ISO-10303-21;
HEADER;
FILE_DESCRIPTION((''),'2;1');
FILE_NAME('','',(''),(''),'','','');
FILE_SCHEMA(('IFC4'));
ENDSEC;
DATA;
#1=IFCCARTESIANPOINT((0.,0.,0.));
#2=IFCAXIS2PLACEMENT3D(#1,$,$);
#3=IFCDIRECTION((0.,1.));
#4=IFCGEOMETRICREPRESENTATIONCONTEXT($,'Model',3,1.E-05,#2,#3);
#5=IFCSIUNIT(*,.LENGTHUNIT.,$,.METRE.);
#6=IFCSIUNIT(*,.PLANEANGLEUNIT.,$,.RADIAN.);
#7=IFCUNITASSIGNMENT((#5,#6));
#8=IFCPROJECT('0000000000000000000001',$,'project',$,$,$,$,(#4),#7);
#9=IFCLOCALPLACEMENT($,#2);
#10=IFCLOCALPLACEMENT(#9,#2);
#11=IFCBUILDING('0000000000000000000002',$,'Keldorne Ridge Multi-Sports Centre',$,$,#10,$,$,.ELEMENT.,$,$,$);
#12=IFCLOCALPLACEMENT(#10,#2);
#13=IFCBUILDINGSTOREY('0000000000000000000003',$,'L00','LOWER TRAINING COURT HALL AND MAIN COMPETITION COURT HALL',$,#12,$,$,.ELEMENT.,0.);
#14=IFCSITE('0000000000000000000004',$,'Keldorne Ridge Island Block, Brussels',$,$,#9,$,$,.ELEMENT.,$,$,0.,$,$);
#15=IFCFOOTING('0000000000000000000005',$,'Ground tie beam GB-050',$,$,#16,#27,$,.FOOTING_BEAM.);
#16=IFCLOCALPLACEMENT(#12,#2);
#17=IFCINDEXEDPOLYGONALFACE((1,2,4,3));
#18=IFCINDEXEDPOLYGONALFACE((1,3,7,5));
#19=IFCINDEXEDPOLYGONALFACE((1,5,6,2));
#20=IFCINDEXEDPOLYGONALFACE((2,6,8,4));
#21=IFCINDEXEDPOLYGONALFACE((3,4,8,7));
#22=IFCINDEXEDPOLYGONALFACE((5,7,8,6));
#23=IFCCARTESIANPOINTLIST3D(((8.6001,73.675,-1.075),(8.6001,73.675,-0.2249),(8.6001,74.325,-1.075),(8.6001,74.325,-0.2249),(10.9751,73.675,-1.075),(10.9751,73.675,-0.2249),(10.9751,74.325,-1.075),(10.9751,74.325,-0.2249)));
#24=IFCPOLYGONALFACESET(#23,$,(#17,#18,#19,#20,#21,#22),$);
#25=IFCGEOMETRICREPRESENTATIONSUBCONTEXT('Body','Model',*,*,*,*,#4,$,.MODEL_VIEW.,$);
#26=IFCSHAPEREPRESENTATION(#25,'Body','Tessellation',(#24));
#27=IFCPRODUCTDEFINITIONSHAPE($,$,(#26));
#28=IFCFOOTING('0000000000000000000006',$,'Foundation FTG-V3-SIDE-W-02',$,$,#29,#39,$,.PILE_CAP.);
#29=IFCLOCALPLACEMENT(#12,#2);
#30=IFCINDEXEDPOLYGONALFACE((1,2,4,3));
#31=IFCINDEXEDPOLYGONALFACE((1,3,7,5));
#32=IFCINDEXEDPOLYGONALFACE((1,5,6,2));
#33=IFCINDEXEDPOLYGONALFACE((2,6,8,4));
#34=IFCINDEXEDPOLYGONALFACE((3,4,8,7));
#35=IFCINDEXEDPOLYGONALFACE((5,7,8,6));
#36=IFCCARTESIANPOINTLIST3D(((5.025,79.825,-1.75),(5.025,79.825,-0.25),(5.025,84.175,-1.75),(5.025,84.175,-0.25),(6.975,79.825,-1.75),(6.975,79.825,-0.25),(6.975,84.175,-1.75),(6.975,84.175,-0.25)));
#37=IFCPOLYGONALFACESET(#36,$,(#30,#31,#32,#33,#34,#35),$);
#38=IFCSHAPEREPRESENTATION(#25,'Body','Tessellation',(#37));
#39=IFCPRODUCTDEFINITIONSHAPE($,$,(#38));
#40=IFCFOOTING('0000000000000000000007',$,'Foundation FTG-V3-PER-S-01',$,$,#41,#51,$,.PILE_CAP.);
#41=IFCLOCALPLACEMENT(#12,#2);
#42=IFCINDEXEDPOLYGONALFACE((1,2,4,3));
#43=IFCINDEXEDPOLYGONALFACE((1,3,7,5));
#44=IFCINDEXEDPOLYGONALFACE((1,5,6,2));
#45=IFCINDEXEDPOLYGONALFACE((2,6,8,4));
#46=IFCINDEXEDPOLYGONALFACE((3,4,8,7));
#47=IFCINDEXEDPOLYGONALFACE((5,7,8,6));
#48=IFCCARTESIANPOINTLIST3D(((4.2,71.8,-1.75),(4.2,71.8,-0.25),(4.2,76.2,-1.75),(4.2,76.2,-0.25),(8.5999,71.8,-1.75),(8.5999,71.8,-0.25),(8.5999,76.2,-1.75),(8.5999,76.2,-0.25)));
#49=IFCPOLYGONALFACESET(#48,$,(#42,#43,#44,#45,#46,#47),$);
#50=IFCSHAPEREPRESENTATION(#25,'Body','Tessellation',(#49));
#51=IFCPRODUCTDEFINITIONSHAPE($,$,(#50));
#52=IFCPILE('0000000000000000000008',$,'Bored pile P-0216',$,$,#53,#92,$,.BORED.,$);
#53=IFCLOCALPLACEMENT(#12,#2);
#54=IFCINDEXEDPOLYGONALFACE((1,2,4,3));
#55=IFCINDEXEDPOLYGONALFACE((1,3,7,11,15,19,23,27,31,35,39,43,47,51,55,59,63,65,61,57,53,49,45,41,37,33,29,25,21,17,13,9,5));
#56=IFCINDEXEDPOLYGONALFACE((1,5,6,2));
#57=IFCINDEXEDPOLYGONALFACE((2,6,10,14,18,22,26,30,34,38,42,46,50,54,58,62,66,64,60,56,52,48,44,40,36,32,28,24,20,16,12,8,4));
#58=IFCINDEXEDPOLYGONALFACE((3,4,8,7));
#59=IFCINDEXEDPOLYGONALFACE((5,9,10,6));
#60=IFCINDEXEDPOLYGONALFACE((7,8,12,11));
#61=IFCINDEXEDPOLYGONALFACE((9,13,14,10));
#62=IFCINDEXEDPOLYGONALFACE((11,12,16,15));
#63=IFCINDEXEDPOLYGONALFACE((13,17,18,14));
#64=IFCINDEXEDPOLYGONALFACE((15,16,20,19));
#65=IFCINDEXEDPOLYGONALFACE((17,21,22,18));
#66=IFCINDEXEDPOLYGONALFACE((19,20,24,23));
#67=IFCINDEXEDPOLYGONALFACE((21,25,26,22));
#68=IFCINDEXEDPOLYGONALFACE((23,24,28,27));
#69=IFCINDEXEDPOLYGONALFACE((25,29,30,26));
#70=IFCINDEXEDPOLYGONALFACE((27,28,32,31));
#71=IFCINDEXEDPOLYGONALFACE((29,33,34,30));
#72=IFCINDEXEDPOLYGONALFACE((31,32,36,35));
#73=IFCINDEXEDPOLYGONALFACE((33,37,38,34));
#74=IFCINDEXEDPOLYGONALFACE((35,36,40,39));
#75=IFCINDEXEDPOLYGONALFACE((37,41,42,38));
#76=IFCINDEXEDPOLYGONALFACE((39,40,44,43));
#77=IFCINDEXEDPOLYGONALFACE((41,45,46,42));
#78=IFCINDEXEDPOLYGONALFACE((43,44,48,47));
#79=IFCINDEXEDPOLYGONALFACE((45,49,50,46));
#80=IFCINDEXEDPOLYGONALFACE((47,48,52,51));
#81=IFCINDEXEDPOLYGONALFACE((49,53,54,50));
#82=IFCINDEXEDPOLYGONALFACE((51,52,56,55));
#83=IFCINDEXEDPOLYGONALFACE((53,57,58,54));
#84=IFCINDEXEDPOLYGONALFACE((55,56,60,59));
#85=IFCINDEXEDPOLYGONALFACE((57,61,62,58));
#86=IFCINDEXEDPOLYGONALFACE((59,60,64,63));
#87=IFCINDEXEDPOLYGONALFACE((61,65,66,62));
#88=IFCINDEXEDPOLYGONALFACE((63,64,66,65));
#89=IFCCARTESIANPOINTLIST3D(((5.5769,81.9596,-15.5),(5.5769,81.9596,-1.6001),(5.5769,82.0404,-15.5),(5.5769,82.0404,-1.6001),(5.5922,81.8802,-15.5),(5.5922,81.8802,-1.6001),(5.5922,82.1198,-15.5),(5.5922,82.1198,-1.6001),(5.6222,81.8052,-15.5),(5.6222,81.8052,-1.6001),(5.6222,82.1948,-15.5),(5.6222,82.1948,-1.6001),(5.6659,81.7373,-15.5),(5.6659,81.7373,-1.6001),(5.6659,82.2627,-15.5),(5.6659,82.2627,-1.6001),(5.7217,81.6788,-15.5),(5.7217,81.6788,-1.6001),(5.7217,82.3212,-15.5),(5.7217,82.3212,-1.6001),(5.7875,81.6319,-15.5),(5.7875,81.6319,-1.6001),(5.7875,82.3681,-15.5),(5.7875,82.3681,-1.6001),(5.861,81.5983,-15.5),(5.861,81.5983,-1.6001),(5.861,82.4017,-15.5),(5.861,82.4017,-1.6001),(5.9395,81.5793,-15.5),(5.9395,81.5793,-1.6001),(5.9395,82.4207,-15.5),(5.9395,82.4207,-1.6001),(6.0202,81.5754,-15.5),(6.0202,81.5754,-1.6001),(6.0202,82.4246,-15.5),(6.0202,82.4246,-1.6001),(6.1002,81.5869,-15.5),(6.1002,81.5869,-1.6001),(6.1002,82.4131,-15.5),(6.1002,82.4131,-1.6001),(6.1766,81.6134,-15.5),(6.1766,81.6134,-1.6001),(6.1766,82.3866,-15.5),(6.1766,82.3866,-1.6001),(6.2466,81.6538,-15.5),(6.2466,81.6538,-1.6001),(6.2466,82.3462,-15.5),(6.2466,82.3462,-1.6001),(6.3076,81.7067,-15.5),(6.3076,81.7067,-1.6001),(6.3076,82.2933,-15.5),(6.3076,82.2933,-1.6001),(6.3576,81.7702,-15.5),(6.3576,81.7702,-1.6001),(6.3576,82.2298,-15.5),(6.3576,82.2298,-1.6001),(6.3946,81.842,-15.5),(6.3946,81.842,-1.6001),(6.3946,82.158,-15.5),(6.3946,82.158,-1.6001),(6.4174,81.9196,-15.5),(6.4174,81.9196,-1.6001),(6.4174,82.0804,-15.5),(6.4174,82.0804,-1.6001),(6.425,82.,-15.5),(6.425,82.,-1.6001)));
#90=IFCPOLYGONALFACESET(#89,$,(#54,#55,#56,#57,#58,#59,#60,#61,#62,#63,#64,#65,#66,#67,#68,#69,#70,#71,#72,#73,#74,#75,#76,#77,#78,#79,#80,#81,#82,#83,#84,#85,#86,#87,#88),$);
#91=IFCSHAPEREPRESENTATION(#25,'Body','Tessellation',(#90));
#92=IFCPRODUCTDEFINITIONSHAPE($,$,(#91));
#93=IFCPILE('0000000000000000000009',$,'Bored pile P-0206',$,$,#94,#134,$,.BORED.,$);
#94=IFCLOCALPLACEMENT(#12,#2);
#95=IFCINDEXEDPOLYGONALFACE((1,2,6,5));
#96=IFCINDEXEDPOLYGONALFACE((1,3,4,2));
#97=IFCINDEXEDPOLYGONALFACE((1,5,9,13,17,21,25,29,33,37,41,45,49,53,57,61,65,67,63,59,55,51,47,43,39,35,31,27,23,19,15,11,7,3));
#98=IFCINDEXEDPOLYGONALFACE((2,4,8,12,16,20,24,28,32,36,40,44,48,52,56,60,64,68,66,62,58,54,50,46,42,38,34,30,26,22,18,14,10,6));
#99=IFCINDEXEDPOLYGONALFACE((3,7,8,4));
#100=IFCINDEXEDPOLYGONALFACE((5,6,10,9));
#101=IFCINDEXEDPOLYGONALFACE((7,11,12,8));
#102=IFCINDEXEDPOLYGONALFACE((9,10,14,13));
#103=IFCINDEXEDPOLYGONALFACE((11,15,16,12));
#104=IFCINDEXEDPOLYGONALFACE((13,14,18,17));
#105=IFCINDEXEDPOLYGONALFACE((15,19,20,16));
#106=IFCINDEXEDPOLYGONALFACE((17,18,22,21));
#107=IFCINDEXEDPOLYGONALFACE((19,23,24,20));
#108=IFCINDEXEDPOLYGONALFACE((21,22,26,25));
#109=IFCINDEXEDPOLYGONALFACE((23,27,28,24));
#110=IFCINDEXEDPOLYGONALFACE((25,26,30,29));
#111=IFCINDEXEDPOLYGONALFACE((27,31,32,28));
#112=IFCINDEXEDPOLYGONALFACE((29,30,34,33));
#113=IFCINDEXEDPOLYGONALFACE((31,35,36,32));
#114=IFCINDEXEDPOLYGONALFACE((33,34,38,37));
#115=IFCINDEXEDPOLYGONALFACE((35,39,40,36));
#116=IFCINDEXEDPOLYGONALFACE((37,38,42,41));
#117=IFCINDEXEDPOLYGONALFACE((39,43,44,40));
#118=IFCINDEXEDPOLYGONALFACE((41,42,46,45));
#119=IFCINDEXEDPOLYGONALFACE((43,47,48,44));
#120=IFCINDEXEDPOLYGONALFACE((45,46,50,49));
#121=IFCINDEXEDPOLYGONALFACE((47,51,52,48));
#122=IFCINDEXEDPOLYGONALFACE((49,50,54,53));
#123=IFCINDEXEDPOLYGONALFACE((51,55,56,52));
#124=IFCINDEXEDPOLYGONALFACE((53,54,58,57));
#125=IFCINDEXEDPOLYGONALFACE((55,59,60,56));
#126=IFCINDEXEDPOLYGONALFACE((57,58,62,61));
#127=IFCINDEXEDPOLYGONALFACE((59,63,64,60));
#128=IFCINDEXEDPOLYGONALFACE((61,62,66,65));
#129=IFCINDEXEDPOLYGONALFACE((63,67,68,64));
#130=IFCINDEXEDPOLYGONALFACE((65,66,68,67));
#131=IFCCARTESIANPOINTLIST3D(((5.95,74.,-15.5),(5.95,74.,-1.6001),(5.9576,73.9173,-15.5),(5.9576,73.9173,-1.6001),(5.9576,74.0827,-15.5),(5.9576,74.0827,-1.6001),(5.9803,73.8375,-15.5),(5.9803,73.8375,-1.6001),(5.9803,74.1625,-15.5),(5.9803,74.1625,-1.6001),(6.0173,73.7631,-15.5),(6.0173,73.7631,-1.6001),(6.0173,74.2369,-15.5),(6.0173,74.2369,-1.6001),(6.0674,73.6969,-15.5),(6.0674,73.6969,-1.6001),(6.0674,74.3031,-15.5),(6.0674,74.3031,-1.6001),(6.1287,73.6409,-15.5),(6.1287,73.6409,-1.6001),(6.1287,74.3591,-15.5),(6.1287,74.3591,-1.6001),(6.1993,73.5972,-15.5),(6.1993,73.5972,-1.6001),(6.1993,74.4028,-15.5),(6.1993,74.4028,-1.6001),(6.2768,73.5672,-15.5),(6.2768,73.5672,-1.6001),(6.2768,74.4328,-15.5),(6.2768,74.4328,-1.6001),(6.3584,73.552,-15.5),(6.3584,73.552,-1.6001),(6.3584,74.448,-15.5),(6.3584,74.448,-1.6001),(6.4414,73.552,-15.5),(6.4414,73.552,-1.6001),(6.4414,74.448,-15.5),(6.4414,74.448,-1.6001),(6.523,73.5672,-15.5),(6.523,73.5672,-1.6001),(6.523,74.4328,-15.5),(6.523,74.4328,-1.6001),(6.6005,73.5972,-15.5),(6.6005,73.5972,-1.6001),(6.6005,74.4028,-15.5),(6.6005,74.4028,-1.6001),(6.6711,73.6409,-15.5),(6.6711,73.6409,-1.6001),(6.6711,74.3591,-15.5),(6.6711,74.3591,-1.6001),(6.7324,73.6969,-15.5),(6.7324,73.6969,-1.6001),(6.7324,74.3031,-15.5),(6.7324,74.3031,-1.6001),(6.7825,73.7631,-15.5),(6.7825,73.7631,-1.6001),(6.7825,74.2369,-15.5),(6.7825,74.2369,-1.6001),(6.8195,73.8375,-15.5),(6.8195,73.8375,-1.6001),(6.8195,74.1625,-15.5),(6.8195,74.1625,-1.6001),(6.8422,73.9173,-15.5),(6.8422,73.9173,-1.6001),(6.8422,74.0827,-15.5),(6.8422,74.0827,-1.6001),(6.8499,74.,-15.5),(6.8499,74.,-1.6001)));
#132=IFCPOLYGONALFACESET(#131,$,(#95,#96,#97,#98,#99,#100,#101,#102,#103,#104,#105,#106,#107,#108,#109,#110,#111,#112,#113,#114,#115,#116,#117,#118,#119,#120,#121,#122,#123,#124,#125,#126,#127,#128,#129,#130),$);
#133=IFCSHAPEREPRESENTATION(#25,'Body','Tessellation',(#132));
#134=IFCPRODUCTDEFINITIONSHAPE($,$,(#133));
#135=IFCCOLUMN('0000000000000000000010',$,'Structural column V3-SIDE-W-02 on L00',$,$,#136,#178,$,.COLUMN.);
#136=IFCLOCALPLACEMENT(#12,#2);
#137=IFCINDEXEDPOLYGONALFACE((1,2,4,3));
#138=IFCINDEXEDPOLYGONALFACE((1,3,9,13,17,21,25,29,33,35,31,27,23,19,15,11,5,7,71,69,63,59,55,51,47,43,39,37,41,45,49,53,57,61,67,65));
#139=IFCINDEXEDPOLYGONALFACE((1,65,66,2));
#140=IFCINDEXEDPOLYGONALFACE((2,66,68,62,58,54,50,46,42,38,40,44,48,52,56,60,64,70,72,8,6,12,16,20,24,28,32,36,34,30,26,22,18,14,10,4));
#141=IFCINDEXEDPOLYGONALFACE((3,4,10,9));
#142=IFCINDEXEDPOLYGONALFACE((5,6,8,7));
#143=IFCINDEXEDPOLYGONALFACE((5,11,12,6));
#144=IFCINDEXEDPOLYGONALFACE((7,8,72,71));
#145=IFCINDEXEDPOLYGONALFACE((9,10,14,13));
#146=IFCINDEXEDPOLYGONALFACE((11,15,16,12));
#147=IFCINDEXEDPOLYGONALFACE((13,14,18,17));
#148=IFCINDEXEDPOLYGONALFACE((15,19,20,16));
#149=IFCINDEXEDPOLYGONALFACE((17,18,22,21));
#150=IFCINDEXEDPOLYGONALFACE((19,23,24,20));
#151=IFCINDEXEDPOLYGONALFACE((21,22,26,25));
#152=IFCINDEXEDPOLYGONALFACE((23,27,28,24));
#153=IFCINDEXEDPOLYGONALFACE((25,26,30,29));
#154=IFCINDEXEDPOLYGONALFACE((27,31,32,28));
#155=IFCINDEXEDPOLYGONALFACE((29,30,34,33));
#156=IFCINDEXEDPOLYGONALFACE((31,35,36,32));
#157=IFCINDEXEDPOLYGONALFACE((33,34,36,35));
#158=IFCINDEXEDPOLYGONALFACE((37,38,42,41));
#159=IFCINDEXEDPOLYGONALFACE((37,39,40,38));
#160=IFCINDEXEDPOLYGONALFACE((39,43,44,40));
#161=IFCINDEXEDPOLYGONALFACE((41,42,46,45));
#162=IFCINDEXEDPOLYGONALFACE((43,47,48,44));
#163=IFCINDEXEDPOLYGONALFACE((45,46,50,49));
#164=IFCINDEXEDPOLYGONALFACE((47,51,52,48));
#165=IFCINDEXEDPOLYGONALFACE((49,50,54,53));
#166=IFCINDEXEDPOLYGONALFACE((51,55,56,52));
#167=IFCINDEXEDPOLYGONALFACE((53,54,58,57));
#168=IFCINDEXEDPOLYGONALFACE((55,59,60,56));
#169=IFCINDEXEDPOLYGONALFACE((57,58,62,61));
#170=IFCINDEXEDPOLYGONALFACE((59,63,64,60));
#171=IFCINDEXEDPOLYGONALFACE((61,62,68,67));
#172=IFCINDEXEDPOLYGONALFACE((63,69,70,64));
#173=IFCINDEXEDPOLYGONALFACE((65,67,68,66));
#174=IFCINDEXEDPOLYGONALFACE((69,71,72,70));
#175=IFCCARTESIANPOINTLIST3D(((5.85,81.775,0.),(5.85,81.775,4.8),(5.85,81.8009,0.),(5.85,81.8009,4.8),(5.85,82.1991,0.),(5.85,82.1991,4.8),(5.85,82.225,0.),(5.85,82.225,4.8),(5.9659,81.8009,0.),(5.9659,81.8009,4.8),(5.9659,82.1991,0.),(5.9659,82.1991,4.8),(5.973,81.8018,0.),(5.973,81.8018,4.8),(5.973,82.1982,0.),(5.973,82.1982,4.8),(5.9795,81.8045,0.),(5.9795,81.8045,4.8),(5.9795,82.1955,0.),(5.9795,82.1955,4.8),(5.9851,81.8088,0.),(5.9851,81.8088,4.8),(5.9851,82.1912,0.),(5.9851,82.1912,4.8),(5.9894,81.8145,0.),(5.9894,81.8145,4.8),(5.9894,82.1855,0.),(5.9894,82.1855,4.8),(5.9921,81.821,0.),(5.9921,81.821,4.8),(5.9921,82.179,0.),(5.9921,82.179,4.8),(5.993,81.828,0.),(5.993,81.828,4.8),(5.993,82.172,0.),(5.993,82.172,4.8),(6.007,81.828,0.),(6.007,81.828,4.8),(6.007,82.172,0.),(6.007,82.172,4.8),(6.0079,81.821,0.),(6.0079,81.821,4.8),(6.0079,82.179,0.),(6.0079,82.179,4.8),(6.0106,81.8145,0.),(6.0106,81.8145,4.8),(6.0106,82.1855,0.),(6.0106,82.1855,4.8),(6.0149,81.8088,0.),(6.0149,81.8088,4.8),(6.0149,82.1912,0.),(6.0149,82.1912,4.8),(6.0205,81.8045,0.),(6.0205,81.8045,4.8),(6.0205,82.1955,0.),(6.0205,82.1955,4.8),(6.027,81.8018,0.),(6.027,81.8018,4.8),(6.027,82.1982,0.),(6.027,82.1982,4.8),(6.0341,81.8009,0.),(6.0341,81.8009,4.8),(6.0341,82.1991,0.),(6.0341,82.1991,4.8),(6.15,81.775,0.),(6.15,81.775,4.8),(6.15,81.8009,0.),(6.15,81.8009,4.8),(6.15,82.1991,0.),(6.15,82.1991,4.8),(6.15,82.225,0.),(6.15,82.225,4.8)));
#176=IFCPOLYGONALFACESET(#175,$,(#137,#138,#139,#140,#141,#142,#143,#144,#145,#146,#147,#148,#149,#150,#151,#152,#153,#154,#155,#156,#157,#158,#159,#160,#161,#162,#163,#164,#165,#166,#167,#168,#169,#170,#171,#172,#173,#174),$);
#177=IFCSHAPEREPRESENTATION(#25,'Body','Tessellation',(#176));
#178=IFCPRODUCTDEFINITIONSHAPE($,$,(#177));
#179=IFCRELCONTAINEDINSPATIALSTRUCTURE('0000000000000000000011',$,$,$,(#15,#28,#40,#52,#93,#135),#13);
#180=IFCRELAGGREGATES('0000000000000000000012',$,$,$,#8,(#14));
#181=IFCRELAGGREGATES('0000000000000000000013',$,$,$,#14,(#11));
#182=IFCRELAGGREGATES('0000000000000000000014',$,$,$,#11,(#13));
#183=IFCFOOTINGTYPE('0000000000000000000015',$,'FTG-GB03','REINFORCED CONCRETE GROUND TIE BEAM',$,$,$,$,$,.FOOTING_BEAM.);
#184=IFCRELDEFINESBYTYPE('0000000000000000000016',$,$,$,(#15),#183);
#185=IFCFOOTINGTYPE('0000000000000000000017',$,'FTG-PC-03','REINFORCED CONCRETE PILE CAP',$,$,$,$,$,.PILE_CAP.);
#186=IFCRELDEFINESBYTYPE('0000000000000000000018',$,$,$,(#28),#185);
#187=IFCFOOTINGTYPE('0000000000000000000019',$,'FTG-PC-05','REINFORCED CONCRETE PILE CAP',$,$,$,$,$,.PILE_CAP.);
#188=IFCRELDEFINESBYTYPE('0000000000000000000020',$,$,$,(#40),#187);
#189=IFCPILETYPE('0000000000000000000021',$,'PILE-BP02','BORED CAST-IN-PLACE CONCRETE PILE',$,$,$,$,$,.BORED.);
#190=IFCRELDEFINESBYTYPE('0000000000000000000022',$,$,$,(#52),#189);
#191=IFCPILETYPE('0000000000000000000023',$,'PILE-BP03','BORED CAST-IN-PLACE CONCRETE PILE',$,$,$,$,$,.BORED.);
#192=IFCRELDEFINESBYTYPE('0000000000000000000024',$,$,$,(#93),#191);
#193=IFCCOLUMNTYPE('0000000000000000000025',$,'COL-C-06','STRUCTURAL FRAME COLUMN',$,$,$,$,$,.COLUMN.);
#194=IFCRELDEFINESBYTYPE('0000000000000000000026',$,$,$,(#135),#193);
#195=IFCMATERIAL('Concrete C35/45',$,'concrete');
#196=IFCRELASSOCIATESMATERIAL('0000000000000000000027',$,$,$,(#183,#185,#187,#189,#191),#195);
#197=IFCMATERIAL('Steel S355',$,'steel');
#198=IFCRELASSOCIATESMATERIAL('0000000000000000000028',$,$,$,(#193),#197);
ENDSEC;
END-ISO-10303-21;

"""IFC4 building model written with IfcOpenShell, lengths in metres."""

from ifc_helpers import new_model, si_unit, direction, frame, origin, origin_2d, place, context, subcontext, project, spatial, rectangle, circle, i_section, extrude, material, material_profile, profile_set, type_object, element, save


model = new_model("IFC4")

# Units and contexts
model_context = context("Model", 3, precision=1e-05, world=origin(), true_north=direction((0.0, 1.0)))
body_context = subcontext(model_context, "Body", "Model", "MODEL_VIEW")
ifc_project = project(units=[si_unit("LENGTHUNIT", "METRE"), si_unit("PLANEANGLEUNIT", "RADIAN")], contexts=[model_context])

# Site, building, storey
site_placement = place(None, origin())
site = spatial("IfcSite", under=ifc_project, at=site_placement, Name="Keldorne Ridge Island Block, Brussels", CompositionType="ELEMENT", RefElevation=0.0)
building_placement = place(site_placement, origin())
building = spatial("IfcBuilding", under=site, at=building_placement, Name="Keldorne Ridge Multi-Sports Centre", CompositionType="ELEMENT")
storey_placement = place(building_placement, origin())
storey = spatial("IfcBuildingStorey", under=building, at=storey_placement, Name="L00", Description="LOWER TRAINING COURT HALL AND MAIN COMPETITION COURT HALL", CompositionType="ELEMENT", Elevation=0.0)

# Footings
ifc_material_1 = material(Name="Concrete C35/45", Category="concrete")
ifc_material_profile_1 = material_profile(ifc_material_1, rectangle(XDim=0.6499, YDim=0.8501, at=origin_2d()), Name="GB 650x850")
ifc_profile_set_1 = profile_set([ifc_material_profile_1], Name="Concrete C35/45")
footing_type_1 = type_object("IfcFootingType", Name="FTG-GB03", Description="REINFORCED CONCRETE GROUND TIE BEAM", PredefinedType="FOOTING_BEAM", material=ifc_profile_set_1)
footing_1_placement = place(storey_placement, frame((8.6001, 74.0, -0.6499), z_axis=(1.0, 0.0, 0.0), x_axis=(0.0, 1.0, 0.0)))
element("IfcFooting", 1, at=footing_1_placement, inside=storey, type_object=footing_type_1, Name="Ground tie beam GB-050", PredefinedType="FOOTING_BEAM", context=body_context, shape_type="SweptSolid", body=[
    extrude(rectangle(XDim=0.6499, YDim=0.8501, at=origin_2d()), origin(), (0.0, 0.0, 1.0), 2.375),
])
footing_type_2 = type_object("IfcFootingType", Name="FTG-PC-03", Description="REINFORCED CONCRETE PILE CAP", PredefinedType="PILE_CAP", material=ifc_material_1)
footing_2_placement = place(storey_placement, frame((6.0, 82.0, -1.75), z_axis=(0.0, 0.0, 1.0), x_axis=(1.0, 0.0, 0.0)))
element("IfcFooting", 2, at=footing_2_placement, inside=storey, type_object=footing_type_2, Name="Foundation FTG-V3-SIDE-W-02", PredefinedType="PILE_CAP", context=body_context, shape_type="SweptSolid", body=[
    extrude(rectangle(XDim=1.95, YDim=4.3501, at=origin_2d()), origin(), (0.0, 0.0, 1.0), 1.5),
])
footing_type_3 = type_object("IfcFootingType", Name="FTG-PC-05", Description="REINFORCED CONCRETE PILE CAP", PredefinedType="PILE_CAP", material=ifc_material_1)
footing_3_placement = place(storey_placement, frame((6.3999, 74.0, -1.75), z_axis=(0.0, 0.0, 1.0), x_axis=(1.0, 0.0, 0.0)))
element("IfcFooting", 3, at=footing_3_placement, inside=storey, type_object=footing_type_3, Name="Foundation FTG-V3-PER-S-01", PredefinedType="PILE_CAP", context=body_context, shape_type="SweptSolid", body=[
    extrude(rectangle(XDim=4.3999, YDim=4.3999, at=origin_2d()), origin(), (0.0, 0.0, 1.0), 1.5),
])

# Piles
ifc_material_profile_2 = material_profile(ifc_material_1, circle(Radius=0.425, at=origin_2d()), Name="BORED PILE D850")
ifc_profile_set_2 = profile_set([ifc_material_profile_2], Name="Concrete C35/45")
pile_type_1 = type_object("IfcPileType", Name="PILE-BP02", Description="BORED CAST-IN-PLACE CONCRETE PILE", PredefinedType="BORED", material=ifc_profile_set_2)
pile_1_placement = place(storey_placement, frame((6.0, 82.0, -1.6001), z_axis=(0.0, 0.0, -1.0), x_axis=(1.0, 0.0, 0.0)))
element("IfcPile", 4, at=pile_1_placement, inside=storey, type_object=pile_type_1, Name="Bored pile P-0216", PredefinedType="BORED", context=body_context, shape_type="SweptSolid", body=[
    extrude(circle(Radius=0.425, at=origin_2d()), origin(), (0.0, 0.0, 1.0), 13.8999),
])
ifc_material_profile_3 = material_profile(ifc_material_1, circle(Radius=0.45, at=origin_2d()), Name="BORED PILE D900")
ifc_profile_set_3 = profile_set([ifc_material_profile_3], Name="Concrete C35/45")
pile_type_2 = type_object("IfcPileType", Name="PILE-BP03", Description="BORED CAST-IN-PLACE CONCRETE PILE", PredefinedType="BORED", material=ifc_profile_set_3)
pile_2_placement = place(storey_placement, frame((6.3999, 74.0, -1.6001), z_axis=(0.0, 0.0, -1.0), x_axis=(1.0, 0.0, 0.0)))
element("IfcPile", 5, at=pile_2_placement, inside=storey, type_object=pile_type_2, Name="Bored pile P-0206", PredefinedType="BORED", context=body_context, shape_type="SweptSolid", body=[
    extrude(circle(Radius=0.45, at=origin_2d()), origin(), (0.0, 0.0, 1.0), 13.8999),
])

# Column
ifc_material_2 = material(Name="Steel S355", Category="steel")
ifc_material_profile_4 = material_profile(ifc_material_2, i_section(OverallWidth=0.3, OverallDepth=0.45, WebThickness=0.0139, FlangeThickness=0.0259, FilletRadius=0.0271, at=origin_2d()), Name="HEB 450")
ifc_profile_set_4 = profile_set([ifc_material_profile_4], Name="Steel S355")
column_type_1 = type_object("IfcColumnType", Name="COL-C-06", Description="STRUCTURAL FRAME COLUMN", PredefinedType="COLUMN", material=ifc_profile_set_4)
column_1_placement = place(storey_placement, frame((6.0, 82.0, 0.0), z_axis=(0.0, 0.0, 1.0), x_axis=(1.0, 0.0, 0.0)))
element("IfcColumn", 6, at=column_1_placement, inside=storey, type_object=column_type_1, Name="Structural column V3-SIDE-W-02 on L00", PredefinedType="COLUMN", context=body_context, shape_type="SweptSolid", body=[
    extrude(i_section(OverallWidth=0.3, OverallDepth=0.45, WebThickness=0.0139, FlangeThickness=0.0259, FilletRadius=0.0271, at=origin_2d()), origin(), (0.0, 0.0, 1.0), 4.8),
])

save(model, "model.ifc")
